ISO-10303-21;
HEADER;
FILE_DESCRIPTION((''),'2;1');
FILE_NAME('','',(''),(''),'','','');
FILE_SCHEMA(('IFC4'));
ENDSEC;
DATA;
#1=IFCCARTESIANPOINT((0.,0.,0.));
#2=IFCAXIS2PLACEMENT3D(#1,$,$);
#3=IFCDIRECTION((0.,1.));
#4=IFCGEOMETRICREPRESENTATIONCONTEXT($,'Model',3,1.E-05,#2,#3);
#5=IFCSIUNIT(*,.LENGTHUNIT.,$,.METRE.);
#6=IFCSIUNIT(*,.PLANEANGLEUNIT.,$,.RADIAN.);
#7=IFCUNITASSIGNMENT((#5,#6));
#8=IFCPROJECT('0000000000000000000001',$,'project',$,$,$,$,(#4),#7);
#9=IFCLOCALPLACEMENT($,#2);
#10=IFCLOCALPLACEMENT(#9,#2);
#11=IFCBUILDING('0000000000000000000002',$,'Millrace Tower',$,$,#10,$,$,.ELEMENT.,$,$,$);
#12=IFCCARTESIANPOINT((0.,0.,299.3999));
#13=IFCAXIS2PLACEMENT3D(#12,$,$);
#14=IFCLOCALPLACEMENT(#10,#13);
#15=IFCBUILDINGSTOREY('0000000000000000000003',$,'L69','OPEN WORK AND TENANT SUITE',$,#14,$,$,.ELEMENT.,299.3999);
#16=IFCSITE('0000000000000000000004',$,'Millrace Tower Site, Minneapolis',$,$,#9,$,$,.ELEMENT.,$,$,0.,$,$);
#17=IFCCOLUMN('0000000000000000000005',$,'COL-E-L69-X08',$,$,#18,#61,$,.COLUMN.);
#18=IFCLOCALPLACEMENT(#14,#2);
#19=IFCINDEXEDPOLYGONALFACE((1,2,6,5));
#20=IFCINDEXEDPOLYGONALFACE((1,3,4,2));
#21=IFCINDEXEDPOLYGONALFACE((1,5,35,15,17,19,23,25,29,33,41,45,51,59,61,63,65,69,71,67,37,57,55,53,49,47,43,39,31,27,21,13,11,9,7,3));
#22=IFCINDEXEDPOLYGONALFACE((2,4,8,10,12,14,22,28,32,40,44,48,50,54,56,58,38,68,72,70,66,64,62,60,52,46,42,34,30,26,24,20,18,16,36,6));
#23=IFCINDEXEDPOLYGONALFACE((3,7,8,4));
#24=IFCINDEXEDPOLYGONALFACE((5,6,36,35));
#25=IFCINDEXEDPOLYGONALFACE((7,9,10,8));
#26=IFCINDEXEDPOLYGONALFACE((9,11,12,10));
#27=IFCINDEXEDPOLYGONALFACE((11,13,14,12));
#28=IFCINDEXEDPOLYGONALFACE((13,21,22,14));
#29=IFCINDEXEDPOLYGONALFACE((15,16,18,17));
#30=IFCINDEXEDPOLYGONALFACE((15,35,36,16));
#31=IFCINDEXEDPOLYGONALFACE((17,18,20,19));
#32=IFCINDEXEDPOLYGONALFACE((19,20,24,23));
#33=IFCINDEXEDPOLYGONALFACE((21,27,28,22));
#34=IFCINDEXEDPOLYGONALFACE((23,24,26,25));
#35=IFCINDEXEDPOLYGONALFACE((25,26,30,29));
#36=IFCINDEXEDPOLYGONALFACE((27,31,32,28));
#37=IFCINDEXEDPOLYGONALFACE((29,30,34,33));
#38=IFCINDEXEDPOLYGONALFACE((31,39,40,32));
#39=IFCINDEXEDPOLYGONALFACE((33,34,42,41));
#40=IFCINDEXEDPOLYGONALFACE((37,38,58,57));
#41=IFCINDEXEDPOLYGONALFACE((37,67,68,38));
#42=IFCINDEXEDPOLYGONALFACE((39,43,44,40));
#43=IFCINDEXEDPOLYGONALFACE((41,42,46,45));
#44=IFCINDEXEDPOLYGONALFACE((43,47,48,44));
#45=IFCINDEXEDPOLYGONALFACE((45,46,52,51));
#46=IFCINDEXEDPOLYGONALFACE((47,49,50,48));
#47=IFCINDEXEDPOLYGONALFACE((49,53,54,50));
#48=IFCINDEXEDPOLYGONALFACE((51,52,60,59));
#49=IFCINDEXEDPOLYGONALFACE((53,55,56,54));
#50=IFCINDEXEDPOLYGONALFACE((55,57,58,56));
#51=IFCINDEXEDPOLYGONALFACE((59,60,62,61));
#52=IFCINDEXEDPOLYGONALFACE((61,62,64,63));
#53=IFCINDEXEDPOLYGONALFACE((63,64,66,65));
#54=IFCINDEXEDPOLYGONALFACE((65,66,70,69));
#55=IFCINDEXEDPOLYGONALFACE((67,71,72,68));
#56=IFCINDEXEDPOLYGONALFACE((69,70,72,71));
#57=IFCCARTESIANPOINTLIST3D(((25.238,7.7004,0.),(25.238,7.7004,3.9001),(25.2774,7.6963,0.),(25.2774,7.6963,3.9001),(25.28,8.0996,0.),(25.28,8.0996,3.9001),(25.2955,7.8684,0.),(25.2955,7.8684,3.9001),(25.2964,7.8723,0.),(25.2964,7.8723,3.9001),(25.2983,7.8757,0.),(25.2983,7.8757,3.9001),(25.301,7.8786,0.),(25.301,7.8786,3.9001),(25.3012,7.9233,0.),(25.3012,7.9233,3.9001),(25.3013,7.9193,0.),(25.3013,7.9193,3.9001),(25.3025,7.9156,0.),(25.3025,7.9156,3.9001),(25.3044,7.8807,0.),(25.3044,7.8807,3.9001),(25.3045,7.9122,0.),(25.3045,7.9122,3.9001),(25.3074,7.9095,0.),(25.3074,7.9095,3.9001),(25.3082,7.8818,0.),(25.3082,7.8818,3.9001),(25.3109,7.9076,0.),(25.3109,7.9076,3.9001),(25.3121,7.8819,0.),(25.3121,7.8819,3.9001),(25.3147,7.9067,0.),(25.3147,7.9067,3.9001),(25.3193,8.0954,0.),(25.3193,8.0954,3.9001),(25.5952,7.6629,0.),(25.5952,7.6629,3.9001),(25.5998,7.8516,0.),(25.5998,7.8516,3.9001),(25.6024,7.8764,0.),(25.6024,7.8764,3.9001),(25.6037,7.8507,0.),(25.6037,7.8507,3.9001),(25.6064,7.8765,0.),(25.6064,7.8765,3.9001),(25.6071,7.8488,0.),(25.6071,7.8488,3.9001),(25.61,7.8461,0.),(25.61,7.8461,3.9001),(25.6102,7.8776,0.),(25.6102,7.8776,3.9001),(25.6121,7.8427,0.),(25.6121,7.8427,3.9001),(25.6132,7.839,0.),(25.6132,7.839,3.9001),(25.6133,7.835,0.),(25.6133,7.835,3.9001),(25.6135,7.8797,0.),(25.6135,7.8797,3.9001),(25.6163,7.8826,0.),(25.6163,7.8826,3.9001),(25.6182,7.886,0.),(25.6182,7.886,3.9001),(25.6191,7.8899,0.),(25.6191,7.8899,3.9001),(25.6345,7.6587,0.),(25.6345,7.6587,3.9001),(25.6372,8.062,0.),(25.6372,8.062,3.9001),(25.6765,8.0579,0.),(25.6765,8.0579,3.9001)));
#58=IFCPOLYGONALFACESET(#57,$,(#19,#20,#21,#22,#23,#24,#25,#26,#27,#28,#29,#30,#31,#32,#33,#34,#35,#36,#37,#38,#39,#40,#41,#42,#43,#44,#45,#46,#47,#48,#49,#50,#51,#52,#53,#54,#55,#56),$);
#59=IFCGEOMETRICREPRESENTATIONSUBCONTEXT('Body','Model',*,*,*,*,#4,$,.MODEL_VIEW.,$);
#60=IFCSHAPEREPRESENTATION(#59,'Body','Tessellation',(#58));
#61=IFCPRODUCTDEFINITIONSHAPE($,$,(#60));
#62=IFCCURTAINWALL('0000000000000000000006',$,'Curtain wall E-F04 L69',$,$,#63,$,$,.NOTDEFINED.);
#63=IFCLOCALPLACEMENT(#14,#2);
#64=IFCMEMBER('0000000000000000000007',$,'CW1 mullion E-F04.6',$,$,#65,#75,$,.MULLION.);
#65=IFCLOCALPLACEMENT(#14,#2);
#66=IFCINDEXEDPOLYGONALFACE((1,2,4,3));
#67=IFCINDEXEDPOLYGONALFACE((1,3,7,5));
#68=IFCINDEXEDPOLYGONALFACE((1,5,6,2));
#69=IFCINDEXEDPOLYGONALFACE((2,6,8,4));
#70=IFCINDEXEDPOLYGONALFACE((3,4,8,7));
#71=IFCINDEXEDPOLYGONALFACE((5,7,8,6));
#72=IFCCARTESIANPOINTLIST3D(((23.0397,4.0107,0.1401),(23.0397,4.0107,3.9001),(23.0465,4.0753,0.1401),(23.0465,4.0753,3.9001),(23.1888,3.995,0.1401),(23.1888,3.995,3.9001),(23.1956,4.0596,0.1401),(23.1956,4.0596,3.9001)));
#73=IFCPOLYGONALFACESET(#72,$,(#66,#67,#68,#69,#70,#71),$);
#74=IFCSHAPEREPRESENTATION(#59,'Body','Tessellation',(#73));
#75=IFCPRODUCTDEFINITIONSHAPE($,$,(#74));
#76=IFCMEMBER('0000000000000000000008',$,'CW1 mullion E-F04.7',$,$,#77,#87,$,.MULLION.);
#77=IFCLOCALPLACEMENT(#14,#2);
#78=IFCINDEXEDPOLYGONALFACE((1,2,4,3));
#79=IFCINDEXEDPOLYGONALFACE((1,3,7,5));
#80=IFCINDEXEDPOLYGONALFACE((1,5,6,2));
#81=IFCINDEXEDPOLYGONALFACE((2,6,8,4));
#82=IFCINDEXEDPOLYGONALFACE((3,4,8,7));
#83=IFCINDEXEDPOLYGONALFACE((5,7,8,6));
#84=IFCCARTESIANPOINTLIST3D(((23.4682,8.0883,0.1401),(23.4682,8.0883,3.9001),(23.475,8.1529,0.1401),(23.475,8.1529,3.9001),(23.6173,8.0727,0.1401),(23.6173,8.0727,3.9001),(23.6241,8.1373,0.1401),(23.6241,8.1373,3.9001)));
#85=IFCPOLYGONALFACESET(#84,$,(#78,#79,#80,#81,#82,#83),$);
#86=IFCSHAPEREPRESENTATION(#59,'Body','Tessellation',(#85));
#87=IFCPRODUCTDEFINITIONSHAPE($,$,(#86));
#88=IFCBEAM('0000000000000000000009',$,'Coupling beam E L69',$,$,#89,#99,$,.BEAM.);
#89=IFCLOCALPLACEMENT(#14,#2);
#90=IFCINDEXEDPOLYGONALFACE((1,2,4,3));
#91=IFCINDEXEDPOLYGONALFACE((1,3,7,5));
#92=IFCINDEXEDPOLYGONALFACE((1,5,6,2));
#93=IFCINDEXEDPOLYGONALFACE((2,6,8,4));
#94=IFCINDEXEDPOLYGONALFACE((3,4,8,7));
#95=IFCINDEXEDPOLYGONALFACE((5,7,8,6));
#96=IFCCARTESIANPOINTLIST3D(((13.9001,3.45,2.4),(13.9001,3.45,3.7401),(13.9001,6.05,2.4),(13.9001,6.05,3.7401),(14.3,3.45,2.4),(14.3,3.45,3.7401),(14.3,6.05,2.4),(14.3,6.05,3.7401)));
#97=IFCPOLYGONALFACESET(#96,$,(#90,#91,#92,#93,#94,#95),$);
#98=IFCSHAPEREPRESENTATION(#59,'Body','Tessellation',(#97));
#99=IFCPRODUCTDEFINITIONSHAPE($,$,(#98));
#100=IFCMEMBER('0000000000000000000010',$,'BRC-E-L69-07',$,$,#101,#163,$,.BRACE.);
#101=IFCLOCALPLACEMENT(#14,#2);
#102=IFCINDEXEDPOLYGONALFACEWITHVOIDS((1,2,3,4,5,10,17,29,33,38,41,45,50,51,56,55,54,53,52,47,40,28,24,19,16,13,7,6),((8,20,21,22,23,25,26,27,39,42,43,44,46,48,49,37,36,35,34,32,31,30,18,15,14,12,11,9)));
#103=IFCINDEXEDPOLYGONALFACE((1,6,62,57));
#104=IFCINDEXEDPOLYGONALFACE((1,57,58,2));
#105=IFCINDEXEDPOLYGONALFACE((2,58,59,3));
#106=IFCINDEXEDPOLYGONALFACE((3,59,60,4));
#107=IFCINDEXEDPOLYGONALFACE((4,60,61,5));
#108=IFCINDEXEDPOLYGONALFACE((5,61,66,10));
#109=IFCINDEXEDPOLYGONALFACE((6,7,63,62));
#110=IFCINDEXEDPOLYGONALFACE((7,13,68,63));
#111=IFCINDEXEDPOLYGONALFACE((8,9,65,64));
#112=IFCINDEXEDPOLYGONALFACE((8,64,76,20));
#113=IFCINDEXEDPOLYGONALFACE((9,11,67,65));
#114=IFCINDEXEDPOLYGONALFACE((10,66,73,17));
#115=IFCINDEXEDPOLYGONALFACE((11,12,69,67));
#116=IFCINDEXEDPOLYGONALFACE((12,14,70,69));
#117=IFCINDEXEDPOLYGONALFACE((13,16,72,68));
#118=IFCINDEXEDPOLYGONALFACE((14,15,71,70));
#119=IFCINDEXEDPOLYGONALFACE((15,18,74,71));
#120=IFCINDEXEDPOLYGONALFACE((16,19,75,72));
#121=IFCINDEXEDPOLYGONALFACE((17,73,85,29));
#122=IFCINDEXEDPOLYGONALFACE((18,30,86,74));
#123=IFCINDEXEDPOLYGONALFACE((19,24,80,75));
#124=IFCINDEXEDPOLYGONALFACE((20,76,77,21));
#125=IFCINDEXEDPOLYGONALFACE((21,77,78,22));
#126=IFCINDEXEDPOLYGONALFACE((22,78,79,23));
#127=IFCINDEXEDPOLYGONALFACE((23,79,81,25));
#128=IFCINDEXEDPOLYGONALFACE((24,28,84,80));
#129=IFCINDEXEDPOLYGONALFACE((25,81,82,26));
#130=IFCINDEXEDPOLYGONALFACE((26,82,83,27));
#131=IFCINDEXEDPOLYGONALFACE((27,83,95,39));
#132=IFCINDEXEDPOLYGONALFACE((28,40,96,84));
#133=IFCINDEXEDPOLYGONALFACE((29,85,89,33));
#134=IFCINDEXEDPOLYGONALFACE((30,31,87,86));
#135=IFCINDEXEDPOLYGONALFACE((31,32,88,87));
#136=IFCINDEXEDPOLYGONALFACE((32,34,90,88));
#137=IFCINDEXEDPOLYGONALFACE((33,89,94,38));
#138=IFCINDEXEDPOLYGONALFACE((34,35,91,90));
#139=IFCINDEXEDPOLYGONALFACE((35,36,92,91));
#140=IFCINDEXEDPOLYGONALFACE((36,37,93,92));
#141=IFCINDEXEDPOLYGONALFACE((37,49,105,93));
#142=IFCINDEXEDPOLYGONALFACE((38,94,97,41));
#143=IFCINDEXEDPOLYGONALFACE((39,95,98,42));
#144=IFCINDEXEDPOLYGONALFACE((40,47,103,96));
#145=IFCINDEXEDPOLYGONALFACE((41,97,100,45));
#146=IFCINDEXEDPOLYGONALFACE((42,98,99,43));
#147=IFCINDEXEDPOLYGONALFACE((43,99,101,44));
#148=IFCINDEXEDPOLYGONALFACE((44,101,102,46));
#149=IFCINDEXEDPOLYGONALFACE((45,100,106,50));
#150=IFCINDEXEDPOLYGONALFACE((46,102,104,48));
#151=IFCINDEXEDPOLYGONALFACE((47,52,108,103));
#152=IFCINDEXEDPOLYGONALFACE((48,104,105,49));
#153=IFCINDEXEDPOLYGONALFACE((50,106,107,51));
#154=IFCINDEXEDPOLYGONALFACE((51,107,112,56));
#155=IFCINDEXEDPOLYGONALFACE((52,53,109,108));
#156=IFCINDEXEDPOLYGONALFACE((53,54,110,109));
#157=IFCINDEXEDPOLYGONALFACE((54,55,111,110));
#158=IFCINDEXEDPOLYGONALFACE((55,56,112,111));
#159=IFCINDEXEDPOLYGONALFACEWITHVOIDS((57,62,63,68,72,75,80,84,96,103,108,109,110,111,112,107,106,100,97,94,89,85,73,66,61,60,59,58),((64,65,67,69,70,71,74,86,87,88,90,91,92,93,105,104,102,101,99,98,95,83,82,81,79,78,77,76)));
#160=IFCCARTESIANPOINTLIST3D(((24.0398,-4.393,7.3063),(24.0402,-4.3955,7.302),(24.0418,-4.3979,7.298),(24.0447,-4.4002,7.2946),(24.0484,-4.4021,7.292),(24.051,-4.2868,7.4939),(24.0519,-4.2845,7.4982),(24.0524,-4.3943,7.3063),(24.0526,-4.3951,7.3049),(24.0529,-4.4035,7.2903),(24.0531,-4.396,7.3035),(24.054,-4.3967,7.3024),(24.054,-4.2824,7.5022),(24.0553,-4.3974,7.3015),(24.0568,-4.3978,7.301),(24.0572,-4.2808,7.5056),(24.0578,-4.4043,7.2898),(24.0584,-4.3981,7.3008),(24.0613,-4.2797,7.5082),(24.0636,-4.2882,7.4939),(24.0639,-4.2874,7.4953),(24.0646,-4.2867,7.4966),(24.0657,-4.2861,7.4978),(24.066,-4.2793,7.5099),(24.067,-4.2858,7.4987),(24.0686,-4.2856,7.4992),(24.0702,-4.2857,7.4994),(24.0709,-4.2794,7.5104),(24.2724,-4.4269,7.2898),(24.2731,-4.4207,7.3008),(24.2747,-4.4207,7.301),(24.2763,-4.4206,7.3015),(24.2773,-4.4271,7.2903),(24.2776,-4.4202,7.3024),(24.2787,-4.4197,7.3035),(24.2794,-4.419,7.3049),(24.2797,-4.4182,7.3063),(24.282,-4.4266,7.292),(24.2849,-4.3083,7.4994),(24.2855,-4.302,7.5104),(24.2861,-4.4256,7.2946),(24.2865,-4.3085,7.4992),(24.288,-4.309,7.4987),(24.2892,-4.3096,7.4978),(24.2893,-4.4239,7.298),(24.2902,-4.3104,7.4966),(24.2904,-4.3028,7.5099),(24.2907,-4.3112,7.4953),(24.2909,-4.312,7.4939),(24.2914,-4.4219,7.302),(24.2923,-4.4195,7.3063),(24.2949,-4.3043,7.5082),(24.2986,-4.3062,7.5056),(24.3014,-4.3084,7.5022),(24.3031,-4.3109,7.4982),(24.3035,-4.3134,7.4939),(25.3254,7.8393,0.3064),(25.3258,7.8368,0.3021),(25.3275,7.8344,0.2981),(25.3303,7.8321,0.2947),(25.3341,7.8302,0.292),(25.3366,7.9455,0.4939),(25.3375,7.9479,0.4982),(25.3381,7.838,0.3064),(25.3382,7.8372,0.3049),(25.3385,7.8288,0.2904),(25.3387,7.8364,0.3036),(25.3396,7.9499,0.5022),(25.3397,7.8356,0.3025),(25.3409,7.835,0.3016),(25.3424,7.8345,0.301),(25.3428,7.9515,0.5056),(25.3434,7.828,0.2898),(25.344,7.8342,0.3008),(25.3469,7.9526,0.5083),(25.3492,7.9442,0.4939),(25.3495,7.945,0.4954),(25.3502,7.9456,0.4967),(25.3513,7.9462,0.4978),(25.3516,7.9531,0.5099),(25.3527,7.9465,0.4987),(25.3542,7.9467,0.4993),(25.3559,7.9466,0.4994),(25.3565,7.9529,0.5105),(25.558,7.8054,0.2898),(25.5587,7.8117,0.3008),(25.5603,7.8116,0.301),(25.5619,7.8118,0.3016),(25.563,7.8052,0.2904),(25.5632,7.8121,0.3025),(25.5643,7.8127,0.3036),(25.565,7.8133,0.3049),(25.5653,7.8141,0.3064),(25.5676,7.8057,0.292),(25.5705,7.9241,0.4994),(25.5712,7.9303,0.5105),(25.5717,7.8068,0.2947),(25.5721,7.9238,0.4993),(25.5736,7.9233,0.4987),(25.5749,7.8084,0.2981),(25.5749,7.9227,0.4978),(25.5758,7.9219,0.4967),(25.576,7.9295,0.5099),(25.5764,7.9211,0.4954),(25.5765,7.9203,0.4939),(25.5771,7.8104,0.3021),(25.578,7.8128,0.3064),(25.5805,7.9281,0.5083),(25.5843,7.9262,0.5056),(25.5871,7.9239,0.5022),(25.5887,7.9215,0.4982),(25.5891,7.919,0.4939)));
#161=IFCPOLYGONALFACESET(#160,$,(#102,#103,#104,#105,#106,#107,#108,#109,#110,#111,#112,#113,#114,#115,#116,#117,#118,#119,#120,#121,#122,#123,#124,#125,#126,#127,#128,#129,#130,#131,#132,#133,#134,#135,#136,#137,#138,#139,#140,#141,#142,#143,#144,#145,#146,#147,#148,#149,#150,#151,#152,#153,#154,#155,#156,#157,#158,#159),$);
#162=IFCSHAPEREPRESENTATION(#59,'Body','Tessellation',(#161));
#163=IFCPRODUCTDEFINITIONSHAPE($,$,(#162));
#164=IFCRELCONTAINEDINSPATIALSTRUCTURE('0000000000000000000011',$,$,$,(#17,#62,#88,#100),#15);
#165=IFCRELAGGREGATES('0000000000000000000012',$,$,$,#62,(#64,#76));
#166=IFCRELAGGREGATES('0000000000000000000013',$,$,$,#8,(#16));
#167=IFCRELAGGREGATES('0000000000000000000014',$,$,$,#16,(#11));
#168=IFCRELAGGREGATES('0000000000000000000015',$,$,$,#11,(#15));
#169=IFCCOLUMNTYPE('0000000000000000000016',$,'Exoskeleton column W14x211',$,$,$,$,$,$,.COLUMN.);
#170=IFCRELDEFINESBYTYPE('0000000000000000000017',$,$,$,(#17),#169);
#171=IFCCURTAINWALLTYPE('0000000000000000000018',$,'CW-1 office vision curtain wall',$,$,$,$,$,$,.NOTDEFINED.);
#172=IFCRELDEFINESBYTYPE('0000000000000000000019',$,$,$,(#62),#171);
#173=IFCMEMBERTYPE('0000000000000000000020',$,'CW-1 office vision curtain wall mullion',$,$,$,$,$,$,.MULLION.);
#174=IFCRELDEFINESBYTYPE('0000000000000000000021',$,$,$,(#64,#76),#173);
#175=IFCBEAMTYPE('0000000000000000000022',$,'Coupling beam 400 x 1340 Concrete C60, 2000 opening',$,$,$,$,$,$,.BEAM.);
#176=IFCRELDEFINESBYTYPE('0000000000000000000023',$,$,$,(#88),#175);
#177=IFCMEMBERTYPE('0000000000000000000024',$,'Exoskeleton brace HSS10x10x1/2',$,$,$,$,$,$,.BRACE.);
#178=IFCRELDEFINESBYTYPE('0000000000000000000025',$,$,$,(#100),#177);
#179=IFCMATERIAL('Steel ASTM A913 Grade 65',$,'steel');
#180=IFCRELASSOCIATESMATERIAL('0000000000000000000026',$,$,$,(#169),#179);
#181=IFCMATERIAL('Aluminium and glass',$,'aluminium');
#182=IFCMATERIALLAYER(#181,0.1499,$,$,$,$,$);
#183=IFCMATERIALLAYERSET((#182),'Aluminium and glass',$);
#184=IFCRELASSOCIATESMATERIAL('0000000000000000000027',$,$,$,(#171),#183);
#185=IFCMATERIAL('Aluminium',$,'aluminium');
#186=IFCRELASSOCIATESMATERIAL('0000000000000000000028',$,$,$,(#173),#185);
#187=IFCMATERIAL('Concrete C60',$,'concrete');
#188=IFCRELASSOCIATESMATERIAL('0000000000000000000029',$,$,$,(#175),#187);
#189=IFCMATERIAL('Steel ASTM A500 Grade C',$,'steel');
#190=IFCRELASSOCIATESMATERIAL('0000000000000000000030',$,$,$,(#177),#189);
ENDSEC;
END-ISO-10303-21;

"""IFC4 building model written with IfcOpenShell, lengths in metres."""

from ifc_helpers import new_model, si_unit, direction, frame, origin, origin_2d, place, context, subcontext, project, spatial, rectangle, hollow_rectangle, i_section, extrude, material, layer, layer_set, material_profile, profile_set, type_object, element, aggregate, save


model = new_model("IFC4")

# Units and contexts
model_context = context("Model", 3, precision=1e-05, world=origin(), true_north=direction((0.0, 1.0)))
body_context = subcontext(model_context, "Body", "Model", "MODEL_VIEW")
ifc_project = project(units=[si_unit("LENGTHUNIT", "METRE"), si_unit("PLANEANGLEUNIT", "RADIAN")], contexts=[model_context])

# Site, building, storey
site_placement = place(None, origin())
site = spatial("IfcSite", under=ifc_project, at=site_placement, Name="Millrace Tower Site, Minneapolis", CompositionType="ELEMENT", RefElevation=0.0)
building_placement = place(site_placement, origin())
building = spatial("IfcBuilding", under=site, at=building_placement, Name="Millrace Tower", CompositionType="ELEMENT")
storey_placement = place(building_placement, frame((0.0, 0.0, 299.3999)))
storey = spatial("IfcBuildingStorey", under=building, at=storey_placement, Name="L69", Description="OPEN WORK AND TENANT SUITE", CompositionType="ELEMENT", Elevation=299.3999)

# Column
ifc_material_1 = material(Name="Steel ASTM A913 Grade 65", Category="steel")
ifc_material_profile_1 = material_profile(ifc_material_1, i_section(OverallWidth=0.4014, OverallDepth=0.3987, WebThickness=0.0249, FlangeThickness=0.0396, FilletRadius=0.0151, at=origin_2d()))
ifc_profile_set_1 = profile_set([ifc_material_profile_1], Name="Steel ASTM A913 Grade 65")
column_type = type_object("IfcColumnType", Name="Exoskeleton column W14x211", PredefinedType="COLUMN", material=ifc_profile_set_1)
column_placement = place(storey_placement, frame((25.4573, 7.8792, 0.0), z_axis=(0.0, 0.0, 1.0), x_axis=(0.104528, 0.994522, 0.0)))
element("IfcColumn", 1, at=column_placement, inside=storey, type_object=column_type, Name="COL-E-L69-X08", PredefinedType="COLUMN", context=body_context, shape_type="SweptSolid", body=[
    extrude(i_section(OverallWidth=0.4014, OverallDepth=0.3987, WebThickness=0.0249, FlangeThickness=0.0396, FilletRadius=0.0151, at=origin_2d()), origin(), (0.0, 0.0, 1.0), 3.9001),
])

# Curtain wall, members
ifc_material_2 = material(Name="Aluminium and glass", Category="aluminium")
ifc_layer_1 = layer(ifc_material_2, 0.1499)
ifc_layer_set_1 = layer_set([ifc_layer_1], Name="Aluminium and glass")
curtain_wall_type = type_object("IfcCurtainWallType", Name="CW-1 office vision curtain wall", PredefinedType="NOTDEFINED", material=ifc_layer_set_1)
curtain_wall_placement = place(storey_placement, origin())
curtain_wall = element("IfcCurtainWall", 2, at=curtain_wall_placement, inside=storey, type_object=curtain_wall_type, Name="Curtain wall E-F04 L69", PredefinedType="NOTDEFINED")
ifc_material_3 = material(Name="Aluminium", Category="aluminium")
ifc_material_profile_2 = material_profile(ifc_material_3, rectangle(XDim=0.0649, YDim=0.1499, at=origin_2d()))
ifc_profile_set_2 = profile_set([ifc_material_profile_2], Name="Aluminium")
member_type_1 = type_object("IfcMemberType", Name="CW-1 office vision curtain wall mullion", PredefinedType="MULLION", material=ifc_profile_set_2)
member_1_placement = place(storey_placement, frame((23.1177, 4.0352, 0.1401), z_axis=(0.0, 0.0, 1.0), x_axis=(0.104528, 0.994522, 0.0)))
member_1 = element("IfcMember", 3, at=member_1_placement, type_object=member_type_1, Name="CW1 mullion E-F04.6", PredefinedType="MULLION", context=body_context, shape_type="SweptSolid", body=[
    extrude(rectangle(XDim=0.0649, YDim=0.1499, at=origin_2d()), origin(), (0.0, 0.0, 1.0), 3.76),
])
member_2_placement = place(storey_placement, frame((23.5461, 8.1128, 0.1401), z_axis=(0.0, 0.0, 1.0), x_axis=(0.104528, 0.994522, 0.0)))
member_2 = element("IfcMember", 4, at=member_2_placement, type_object=member_type_1, Name="CW1 mullion E-F04.7", PredefinedType="MULLION", context=body_context, shape_type="SweptSolid", body=[
    extrude(rectangle(XDim=0.0649, YDim=0.1499, at=origin_2d()), origin(), (0.0, 0.0, 1.0), 3.76),
])
aggregate(curtain_wall, [member_1, member_2])

# Beam
ifc_material_4 = material(Name="Concrete C60", Category="concrete")
ifc_material_profile_3 = material_profile(ifc_material_4, rectangle(XDim=0.3999, YDim=1.3401, at=origin_2d()))
ifc_profile_set_3 = profile_set([ifc_material_profile_3], Name="Concrete C60")
beam_type_1 = type_object("IfcBeamType", Name="Coupling beam 400 x 1340 Concrete C60, 2000 opening", PredefinedType="BEAM", material=ifc_profile_set_3)
beam_1_placement = place(storey_placement, frame((14.1001, 6.05, 3.0701), z_axis=(0.0, -1.0, 0.0), x_axis=(1.0, 0.0, 0.0)))
element("IfcBeam", 5, at=beam_1_placement, inside=storey, type_object=beam_type_1, Name="Coupling beam E L69", PredefinedType="BEAM", context=body_context, shape_type="SweptSolid", body=[
    extrude(rectangle(XDim=0.3999, YDim=1.3401, at=origin_2d()), origin(), (0.0, 0.0, 1.0), 2.6001),
])

# Member
ifc_material_5 = material(Name="Steel ASTM A500 Grade C", Category="steel")
ifc_material_profile_4 = material_profile(ifc_material_5, hollow_rectangle(XDim=0.2539, YDim=0.2539, WallThickness=0.0127, InnerFilletRadius=0.0063, OuterFilletRadius=0.019, at=origin_2d()))
ifc_profile_set_4 = profile_set([ifc_material_profile_4], Name="Steel ASTM A500 Grade C")
member_type_2 = type_object("IfcMemberType", Name="Exoskeleton brace HSS10x10x1/2", PredefinedType="BRACE", material=ifc_profile_set_4)
member_3_placement = place(storey_placement, frame((25.4573, 7.8792, 0.4001), z_axis=(-0.090844, -0.864347, 0.494622), x_axis=(0.994522, -0.104526, 0.0)))
element("IfcMember", 6, at=member_3_placement, inside=storey, type_object=member_type_2, Name="BRC-E-L69-07", PredefinedType="BRACE", context=body_context, shape_type="SweptSolid", body=[
    extrude(hollow_rectangle(XDim=0.2539, YDim=0.2539, WallThickness=0.0127, InnerFilletRadius=0.0063, OuterFilletRadius=0.019, at=origin_2d()), origin(), (0.0, 0.0, 1.0), 14.1521),
])

save(model, "model.ifc")
